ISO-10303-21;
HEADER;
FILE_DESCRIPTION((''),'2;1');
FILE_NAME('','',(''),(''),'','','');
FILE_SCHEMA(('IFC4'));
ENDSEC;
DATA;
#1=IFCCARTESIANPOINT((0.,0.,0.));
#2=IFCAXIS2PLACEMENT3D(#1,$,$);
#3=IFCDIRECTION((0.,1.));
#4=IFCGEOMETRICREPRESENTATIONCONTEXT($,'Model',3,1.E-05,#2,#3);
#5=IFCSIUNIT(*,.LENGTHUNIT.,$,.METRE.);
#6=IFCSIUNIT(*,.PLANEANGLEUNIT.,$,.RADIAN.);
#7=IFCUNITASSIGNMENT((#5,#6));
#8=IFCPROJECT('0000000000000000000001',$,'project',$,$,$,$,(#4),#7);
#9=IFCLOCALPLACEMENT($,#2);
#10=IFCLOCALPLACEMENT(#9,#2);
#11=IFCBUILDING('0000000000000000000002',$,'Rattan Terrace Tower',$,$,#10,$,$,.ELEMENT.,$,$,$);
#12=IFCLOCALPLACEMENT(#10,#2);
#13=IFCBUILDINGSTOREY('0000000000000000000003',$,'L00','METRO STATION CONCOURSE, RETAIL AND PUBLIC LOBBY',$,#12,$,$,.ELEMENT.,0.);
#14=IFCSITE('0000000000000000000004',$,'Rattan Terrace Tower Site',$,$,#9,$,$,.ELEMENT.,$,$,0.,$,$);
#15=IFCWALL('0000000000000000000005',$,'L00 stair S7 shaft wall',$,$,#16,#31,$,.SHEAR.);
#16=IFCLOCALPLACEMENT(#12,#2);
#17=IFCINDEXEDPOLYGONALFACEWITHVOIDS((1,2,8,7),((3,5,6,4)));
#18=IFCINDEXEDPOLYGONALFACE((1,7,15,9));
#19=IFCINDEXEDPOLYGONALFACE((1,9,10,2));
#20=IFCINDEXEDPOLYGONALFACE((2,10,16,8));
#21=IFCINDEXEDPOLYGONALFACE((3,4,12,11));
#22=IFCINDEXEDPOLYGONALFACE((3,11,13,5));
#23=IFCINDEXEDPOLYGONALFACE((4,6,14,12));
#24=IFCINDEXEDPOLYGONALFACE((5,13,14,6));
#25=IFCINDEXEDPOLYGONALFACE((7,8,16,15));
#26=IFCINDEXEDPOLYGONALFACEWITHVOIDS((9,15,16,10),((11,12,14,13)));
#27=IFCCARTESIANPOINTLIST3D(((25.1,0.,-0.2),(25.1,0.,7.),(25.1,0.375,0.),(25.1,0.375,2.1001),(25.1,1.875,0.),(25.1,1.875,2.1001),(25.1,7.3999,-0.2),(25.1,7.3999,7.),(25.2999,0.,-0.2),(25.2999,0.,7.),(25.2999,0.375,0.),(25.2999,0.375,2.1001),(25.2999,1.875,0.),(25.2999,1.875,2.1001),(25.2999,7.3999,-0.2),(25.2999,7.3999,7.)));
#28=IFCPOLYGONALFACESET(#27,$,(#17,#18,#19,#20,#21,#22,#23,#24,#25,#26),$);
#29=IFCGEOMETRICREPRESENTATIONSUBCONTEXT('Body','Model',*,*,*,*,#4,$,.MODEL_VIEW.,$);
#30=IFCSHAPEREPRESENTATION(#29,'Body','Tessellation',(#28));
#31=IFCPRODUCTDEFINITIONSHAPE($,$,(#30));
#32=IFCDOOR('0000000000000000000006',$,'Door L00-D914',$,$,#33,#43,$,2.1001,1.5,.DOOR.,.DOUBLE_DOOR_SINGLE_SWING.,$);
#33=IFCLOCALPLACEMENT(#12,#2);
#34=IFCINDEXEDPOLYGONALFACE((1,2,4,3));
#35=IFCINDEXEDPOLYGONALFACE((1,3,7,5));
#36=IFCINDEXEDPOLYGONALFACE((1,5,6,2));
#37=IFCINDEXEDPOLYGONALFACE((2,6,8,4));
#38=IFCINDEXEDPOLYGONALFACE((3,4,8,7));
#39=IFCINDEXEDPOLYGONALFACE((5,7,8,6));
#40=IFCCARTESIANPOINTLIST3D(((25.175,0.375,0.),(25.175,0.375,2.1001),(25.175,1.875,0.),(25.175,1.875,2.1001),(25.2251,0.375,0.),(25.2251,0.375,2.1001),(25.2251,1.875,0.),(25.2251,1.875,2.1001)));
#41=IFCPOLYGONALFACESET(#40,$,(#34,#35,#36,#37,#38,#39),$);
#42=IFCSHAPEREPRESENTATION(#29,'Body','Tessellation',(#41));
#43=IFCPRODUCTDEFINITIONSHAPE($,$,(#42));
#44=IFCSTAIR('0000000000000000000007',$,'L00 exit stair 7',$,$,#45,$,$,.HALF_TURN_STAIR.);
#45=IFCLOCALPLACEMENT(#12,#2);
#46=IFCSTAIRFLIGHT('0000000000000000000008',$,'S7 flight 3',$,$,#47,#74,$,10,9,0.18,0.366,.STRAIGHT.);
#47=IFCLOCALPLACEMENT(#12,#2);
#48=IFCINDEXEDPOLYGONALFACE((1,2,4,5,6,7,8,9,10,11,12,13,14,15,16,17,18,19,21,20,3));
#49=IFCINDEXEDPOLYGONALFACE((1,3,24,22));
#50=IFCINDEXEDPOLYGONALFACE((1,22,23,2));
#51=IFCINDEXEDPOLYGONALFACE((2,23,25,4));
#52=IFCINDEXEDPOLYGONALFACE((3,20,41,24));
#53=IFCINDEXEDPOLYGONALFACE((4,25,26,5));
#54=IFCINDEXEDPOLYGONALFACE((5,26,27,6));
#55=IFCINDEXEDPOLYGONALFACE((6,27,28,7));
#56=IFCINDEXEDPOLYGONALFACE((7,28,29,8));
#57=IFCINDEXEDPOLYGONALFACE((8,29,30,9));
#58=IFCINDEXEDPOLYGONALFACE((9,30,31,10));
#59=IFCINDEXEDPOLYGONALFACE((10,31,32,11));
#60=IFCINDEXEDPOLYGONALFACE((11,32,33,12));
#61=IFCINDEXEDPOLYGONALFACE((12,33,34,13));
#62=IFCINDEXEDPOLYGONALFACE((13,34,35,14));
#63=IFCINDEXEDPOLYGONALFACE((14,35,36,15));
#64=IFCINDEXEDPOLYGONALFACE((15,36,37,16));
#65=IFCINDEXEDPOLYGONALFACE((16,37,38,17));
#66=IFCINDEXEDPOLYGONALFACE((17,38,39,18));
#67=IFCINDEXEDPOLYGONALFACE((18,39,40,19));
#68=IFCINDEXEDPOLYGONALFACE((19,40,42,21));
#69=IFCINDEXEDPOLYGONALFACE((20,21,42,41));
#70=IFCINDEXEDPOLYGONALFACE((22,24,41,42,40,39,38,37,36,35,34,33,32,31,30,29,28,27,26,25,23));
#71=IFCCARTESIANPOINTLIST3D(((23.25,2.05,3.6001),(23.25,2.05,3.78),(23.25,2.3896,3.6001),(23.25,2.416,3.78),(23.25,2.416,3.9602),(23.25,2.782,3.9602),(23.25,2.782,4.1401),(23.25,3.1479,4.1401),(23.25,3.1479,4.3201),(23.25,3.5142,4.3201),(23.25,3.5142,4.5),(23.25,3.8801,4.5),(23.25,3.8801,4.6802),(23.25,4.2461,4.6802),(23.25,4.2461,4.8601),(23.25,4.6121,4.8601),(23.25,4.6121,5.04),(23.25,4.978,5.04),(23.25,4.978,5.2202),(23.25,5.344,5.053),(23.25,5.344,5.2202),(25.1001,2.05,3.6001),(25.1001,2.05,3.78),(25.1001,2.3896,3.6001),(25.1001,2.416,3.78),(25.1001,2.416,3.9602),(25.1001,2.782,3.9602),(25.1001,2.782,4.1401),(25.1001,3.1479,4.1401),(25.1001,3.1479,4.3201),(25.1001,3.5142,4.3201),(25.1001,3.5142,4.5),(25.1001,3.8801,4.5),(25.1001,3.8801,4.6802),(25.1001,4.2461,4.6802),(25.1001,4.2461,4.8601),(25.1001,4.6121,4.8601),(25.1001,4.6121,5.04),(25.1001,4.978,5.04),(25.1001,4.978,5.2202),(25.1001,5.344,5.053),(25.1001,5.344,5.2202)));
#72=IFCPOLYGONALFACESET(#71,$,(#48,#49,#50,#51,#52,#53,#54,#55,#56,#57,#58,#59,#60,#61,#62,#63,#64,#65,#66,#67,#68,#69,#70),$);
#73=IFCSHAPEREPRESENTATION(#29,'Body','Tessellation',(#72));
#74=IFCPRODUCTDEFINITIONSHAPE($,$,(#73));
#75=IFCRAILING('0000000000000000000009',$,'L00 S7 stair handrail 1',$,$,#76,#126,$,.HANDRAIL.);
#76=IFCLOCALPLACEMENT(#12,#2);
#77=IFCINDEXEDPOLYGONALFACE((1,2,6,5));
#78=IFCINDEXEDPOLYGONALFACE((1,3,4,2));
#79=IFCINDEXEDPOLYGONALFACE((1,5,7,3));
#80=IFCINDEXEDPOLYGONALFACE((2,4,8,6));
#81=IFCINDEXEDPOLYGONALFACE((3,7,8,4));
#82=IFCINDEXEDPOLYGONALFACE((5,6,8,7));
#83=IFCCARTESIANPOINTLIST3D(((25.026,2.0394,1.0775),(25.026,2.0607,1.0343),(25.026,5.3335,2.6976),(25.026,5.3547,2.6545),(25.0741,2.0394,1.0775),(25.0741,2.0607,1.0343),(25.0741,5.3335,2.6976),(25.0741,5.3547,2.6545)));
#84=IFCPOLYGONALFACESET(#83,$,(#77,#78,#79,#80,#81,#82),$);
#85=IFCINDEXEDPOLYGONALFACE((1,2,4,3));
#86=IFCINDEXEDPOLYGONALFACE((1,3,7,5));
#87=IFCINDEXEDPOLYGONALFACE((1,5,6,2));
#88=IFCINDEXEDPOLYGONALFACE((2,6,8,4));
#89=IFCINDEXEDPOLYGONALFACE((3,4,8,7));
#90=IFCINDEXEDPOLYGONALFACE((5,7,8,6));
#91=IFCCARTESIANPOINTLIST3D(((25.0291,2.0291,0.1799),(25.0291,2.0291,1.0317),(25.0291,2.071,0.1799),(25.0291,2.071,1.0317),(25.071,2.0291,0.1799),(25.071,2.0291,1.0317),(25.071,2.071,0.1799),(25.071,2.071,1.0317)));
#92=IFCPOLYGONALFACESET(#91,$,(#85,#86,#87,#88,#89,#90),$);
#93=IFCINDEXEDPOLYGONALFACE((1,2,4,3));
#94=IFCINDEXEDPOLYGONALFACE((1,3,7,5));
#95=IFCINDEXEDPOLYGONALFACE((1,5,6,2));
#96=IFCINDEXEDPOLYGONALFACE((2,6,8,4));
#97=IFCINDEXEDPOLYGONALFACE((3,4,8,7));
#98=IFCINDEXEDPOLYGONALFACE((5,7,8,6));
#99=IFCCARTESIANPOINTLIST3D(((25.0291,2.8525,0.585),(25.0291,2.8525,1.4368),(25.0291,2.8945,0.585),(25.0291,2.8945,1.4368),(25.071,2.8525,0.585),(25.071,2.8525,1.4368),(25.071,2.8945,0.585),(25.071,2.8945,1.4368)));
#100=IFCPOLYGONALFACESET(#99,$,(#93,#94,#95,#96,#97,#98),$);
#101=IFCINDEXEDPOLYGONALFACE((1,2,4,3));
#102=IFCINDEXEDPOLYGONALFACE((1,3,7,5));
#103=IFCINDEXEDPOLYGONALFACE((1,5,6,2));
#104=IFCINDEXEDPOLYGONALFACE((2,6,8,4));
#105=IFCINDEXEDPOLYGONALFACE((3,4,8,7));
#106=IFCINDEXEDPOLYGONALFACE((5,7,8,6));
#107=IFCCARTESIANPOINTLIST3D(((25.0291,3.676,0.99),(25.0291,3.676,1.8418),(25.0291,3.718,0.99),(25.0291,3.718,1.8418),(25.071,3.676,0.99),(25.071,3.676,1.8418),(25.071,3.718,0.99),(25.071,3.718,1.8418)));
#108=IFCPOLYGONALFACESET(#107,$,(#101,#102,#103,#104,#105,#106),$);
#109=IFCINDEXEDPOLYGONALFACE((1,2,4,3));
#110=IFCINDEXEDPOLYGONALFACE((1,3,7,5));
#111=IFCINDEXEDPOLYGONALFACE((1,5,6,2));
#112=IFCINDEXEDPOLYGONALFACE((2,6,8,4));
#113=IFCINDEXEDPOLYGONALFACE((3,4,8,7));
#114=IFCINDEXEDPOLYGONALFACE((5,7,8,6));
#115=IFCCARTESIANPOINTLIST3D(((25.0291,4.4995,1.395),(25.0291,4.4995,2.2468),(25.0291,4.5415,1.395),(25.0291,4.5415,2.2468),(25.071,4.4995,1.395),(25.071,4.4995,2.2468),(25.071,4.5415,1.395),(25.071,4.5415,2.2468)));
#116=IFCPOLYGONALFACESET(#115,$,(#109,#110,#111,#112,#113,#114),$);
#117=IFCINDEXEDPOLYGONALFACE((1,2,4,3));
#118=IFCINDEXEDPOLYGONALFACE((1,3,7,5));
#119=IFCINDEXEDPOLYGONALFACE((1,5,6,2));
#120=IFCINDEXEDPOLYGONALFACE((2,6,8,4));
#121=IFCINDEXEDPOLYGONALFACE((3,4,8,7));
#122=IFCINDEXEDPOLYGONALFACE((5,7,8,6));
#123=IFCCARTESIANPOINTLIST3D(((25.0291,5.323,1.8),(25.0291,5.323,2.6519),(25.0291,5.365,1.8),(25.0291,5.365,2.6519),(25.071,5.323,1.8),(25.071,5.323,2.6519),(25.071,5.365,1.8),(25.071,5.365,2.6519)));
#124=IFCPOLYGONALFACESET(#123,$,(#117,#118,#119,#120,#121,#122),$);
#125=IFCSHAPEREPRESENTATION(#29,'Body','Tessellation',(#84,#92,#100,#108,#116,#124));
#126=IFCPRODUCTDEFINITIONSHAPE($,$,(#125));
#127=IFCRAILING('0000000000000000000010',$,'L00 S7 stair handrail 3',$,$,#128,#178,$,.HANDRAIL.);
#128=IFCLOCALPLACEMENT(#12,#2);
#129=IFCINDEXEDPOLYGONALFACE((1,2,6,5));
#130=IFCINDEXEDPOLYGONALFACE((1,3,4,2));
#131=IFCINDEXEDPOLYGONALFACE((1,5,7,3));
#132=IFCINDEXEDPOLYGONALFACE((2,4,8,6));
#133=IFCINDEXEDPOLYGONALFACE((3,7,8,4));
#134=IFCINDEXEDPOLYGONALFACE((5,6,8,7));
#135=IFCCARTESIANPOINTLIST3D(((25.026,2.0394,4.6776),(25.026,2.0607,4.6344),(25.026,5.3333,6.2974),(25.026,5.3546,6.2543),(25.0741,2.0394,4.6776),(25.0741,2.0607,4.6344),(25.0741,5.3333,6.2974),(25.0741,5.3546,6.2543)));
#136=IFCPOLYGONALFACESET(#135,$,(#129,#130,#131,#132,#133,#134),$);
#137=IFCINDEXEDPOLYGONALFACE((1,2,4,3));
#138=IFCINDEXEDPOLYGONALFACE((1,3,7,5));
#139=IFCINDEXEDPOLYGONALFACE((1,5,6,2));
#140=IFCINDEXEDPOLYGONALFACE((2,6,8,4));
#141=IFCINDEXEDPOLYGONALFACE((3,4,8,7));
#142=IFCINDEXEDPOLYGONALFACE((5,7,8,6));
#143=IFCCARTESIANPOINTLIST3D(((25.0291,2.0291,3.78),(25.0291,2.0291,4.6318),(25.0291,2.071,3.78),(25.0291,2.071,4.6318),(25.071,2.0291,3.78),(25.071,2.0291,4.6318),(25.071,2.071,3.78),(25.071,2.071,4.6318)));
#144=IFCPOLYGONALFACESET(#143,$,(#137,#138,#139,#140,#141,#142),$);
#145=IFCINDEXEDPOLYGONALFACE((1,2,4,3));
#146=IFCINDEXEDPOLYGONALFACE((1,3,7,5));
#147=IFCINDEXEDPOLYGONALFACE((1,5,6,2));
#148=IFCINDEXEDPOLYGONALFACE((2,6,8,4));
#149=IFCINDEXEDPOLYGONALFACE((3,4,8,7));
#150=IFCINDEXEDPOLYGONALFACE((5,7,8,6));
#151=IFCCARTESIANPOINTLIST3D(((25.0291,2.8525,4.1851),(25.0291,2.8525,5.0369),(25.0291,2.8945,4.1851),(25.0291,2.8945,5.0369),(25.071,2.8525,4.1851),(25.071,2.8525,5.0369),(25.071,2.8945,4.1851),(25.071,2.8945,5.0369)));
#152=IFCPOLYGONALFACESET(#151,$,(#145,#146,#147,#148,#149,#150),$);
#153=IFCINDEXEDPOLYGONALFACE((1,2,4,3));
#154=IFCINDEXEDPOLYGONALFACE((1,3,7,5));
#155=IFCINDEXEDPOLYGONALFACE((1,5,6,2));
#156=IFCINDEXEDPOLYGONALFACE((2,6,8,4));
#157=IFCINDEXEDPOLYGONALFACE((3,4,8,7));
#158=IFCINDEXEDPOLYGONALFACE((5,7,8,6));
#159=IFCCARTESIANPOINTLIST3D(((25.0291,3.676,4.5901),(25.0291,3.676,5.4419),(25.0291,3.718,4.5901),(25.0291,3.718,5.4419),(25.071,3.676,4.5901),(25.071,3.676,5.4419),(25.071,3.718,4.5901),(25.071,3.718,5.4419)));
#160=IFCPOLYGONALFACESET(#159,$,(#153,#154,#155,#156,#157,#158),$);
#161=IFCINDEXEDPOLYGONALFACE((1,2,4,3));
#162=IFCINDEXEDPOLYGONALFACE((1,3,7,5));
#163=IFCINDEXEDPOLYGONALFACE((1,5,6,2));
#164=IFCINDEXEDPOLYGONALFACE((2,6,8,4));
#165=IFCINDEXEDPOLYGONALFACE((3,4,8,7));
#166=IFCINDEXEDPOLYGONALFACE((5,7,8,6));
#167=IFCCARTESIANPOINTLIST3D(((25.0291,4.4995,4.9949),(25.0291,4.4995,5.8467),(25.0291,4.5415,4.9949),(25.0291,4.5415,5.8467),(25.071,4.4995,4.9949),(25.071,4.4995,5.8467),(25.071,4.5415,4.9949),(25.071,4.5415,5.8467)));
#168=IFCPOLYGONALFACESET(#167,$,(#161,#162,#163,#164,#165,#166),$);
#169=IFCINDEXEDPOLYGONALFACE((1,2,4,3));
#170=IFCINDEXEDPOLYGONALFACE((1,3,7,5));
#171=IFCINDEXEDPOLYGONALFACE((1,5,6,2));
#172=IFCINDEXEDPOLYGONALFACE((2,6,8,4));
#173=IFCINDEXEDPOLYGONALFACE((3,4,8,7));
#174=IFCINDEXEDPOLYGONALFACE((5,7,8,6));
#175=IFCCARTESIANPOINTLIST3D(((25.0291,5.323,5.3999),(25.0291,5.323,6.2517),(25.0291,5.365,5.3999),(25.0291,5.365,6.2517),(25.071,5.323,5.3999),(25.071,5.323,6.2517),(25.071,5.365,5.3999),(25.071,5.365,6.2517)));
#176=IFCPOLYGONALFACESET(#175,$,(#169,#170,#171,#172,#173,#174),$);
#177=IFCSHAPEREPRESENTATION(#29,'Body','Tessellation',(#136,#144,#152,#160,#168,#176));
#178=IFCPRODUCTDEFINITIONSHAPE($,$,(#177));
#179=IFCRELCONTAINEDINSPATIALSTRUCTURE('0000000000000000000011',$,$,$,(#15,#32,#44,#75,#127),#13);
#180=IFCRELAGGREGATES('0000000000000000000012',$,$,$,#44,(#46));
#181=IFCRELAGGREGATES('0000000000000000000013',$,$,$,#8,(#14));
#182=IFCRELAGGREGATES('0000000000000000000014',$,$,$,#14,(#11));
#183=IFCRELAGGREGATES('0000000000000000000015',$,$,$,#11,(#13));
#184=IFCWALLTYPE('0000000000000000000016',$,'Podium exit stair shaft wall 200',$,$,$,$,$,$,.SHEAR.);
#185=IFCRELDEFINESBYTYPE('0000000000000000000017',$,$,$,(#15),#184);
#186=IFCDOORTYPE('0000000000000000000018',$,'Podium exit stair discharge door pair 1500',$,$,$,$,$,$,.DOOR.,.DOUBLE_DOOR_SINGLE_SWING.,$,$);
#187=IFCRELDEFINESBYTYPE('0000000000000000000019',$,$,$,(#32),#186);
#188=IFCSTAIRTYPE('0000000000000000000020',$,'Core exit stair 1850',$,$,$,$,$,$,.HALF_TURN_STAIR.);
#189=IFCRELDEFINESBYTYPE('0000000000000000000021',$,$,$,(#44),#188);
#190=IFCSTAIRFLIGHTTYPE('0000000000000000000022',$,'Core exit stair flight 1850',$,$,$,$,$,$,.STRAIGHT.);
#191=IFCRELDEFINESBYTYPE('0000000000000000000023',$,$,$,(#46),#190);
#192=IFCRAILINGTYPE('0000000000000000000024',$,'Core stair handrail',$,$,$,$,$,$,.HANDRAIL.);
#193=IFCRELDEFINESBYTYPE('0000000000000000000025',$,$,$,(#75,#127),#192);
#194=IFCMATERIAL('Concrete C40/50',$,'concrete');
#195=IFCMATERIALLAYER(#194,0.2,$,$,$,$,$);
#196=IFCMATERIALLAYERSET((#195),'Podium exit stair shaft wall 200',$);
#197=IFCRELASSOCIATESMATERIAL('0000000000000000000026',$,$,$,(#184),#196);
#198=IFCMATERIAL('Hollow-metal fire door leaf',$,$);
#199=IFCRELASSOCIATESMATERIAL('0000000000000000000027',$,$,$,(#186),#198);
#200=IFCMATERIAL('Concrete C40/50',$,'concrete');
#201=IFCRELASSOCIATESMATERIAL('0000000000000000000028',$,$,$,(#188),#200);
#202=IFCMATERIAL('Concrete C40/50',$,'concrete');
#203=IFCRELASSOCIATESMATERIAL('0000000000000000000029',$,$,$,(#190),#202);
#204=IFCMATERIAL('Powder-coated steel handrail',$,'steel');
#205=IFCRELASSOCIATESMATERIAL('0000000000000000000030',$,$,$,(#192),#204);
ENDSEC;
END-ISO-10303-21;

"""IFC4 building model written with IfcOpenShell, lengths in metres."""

from ifc_helpers import new_model, si_unit, direction, frame, frame_2d, origin, origin_2d, place, context, subcontext, project, spatial, polyline, rectangle, outline, extrude, material, layer, layer_set, type_object, element, fill, aggregate, save


model = new_model("IFC4")

# Units and contexts
model_context = context("Model", 3, precision=1e-05, world=origin(), true_north=direction((0.0, 1.0)))
body_context = subcontext(model_context, "Body", "Model", "MODEL_VIEW")
ifc_project = project(units=[si_unit("LENGTHUNIT", "METRE"), si_unit("PLANEANGLEUNIT", "RADIAN")], contexts=[model_context])

# Site, building, storey
site_placement = place(None, origin())
site = spatial("IfcSite", under=ifc_project, at=site_placement, Name="Rattan Terrace Tower Site", CompositionType="ELEMENT", RefElevation=0.0)
building_placement = place(site_placement, origin())
building = spatial("IfcBuilding", under=site, at=building_placement, Name="Rattan Terrace Tower", CompositionType="ELEMENT")
storey_placement = place(building_placement, origin())
storey = spatial("IfcBuildingStorey", under=building, at=storey_placement, Name="L00", Description="METRO STATION CONCOURSE, RETAIL AND PUBLIC LOBBY", CompositionType="ELEMENT", Elevation=0.0)

# Wall, opening, door
ifc_material_1 = material(Name="Concrete C40/50", Category="concrete")
ifc_layer_1 = layer(ifc_material_1, 0.2)
ifc_layer_set_1 = layer_set([ifc_layer_1], Name="Podium exit stair shaft wall 200")
wall_type_1 = type_object("IfcWallType", Name="Podium exit stair shaft wall 200", PredefinedType="SHEAR", material=ifc_layer_set_1)
wall_1_placement = place(storey_placement, frame((25.2, 0.0, -0.2), z_axis=(0.0, 0.0, 1.0), x_axis=(0.0, 1.0, 0.0)))
wall_1 = element("IfcWall", 1, at=wall_1_placement, inside=storey, type_object=wall_type_1, Name="L00 stair S7 shaft wall", PredefinedType="SHEAR", context=body_context, shape_type="SweptSolid", body=[
    extrude(rectangle(XDim=7.3999, YDim=0.2, at=frame_2d((3.7, 0.0))), origin(), (0.0, 0.0, 1.0), 7.2),
])
opening_placement = place(wall_1_placement, frame((0.375, 0.0, 0.2)))
opening = element("IfcOpeningElement", 2, at=opening_placement, cuts=wall_1, PredefinedType="OPENING", context=body_context, shape_type="SweptSolid", body=[
    extrude(rectangle(XDim=1.5, YDim=2.1001, at=frame_2d((0.75, 1.05))), frame((0.0, 0.1106, 0.0), z_axis=(0.0, -1.0, 0.0), x_axis=(1.0, 0.0, 0.0)), (0.0, 0.0, 1.0), 0.2209),
])
ifc_material_2 = material(Name="Hollow-metal fire door leaf")
door_type = type_object("IfcDoorType", Name="Podium exit stair discharge door pair 1500", OperationType="DOUBLE_DOOR_SINGLE_SWING", PredefinedType="DOOR", material=ifc_material_2)
door_placement = place(opening_placement, origin())
door = element("IfcDoor", 3, at=door_placement, inside=storey, type_object=door_type, Name="Door L00-D914", OperationType="DOUBLE_DOOR_SINGLE_SWING", OverallHeight=2.1001, OverallWidth=1.5, PredefinedType="DOOR", context=body_context, shape_type="SweptSolid", body=[
    extrude(rectangle(XDim=1.5, YDim=2.1001, at=frame_2d((0.75, 1.05))), frame((0.0, 0.0249, 0.0), z_axis=(0.0, -1.0, 0.0), x_axis=(1.0, 0.0, 0.0)), (0.0, 0.0, 1.0), 0.05),
])
fill(opening, door)

# Stair, stair flight
ifc_material_3 = material(Name="Concrete C40/50", Category="concrete")
stair_type = type_object("IfcStairType", Name="Core exit stair 1850", PredefinedType="HALF_TURN_STAIR", material=ifc_material_3)
stair_placement = place(storey_placement, origin())
stair = element("IfcStair", 4, at=stair_placement, inside=storey, type_object=stair_type, Name="L00 exit stair 7", PredefinedType="HALF_TURN_STAIR")
ifc_material_4 = material(Name="Concrete C40/50", Category="concrete")
stair_flight_type = type_object("IfcStairFlightType", Name="Core exit stair flight 1850", PredefinedType="STRAIGHT", material=ifc_material_4)
stair_flight_placement = place(storey_placement, frame((24.175, 2.05, 3.6001), z_axis=(0.0, 0.0, 1.0), x_axis=(0.0, 1.0, 0.0)))
stair_flight = element("IfcStairFlight", 5, at=stair_flight_placement, type_object=stair_flight_type, Name="S7 flight 3", NumberOfRisers=10, NumberOfTreads=9, PredefinedType="STRAIGHT", RiserHeight=0.18, TreadLength=0.366, context=body_context, shape_type="SweptSolid", body=[
    extrude(outline(polyline([(0.0, 0.0), (0.0, 0.1799), (0.366, 0.1799), (0.366, 0.3601), (0.7319, 0.3601), (0.7319, 0.54), (1.0979, 0.54), (1.0979, 0.72), (1.4641, 0.72), (1.4641, 0.8999), (1.8301, 0.8999), (1.8301, 1.0801), (2.196, 1.0801), (2.196, 1.26), (2.562, 1.26), (2.562, 1.4399), (2.928, 1.4399), (2.928, 1.6201), (3.2939, 1.6201), (3.2939, 1.8), (3.2939, 1.4529), (0.3396, 0.0), (0.0, 0.0)])), frame((0.0, 0.925, 0.0), z_axis=(0.0, -1.0, 0.0), x_axis=(1.0, 0.0, 0.0)), (0.0, 0.0, 1.0), 1.8501),
])
aggregate(stair, [stair_flight])

# Railings
ifc_material_5 = material(Name="Powder-coated steel handrail", Category="steel")
railing_type = type_object("IfcRailingType", Name="Core stair handrail", PredefinedType="HANDRAIL", material=ifc_material_5)
railing_1_placement = place(storey_placement, frame((25.05, 2.05, 0.1799)))
element("IfcRailing", 6, at=railing_1_placement, inside=storey, type_object=railing_type, Name="L00 S7 stair handrail 1", PredefinedType="HANDRAIL", context=body_context, shape_type="SweptSolid", body=[
    extrude(rectangle(XDim=0.0481, YDim=0.0481, at=origin_2d()), frame((0.0, 0.0, 0.876), z_axis=(0.0, 0.897334, 0.441351), x_axis=(-1.0, 0.0, 0.0)), (0.0, 0.0, 1.0), 3.6709),
    extrude(rectangle(XDim=0.042, YDim=0.042, at=origin_2d()), origin(), (0.0, 0.0, 1.0), 0.8518),
    extrude(rectangle(XDim=0.042, YDim=0.042, at=origin_2d()), frame((0.0, 0.8235, 0.405)), (0.0, 0.0, 1.0), 0.8518),
    extrude(rectangle(XDim=0.042, YDim=0.042, at=origin_2d()), frame((0.0, 1.647, 0.8101)), (0.0, 0.0, 1.0), 0.8518),
    extrude(rectangle(XDim=0.042, YDim=0.042, at=origin_2d()), frame((0.0, 2.4705, 1.2151)), (0.0, 0.0, 1.0), 0.8518),
    extrude(rectangle(XDim=0.042, YDim=0.042, at=origin_2d()), frame((0.0, 3.2939, 1.6201)), (0.0, 0.0, 1.0), 0.8518),
])
railing_2_placement = place(storey_placement, frame((25.05, 2.05, 3.78)))
element("IfcRailing", 7, at=railing_2_placement, inside=storey, type_object=railing_type, Name="L00 S7 stair handrail 3", PredefinedType="HANDRAIL", context=body_context, shape_type="SweptSolid", body=[
    extrude(rectangle(XDim=0.0481, YDim=0.0481, at=origin_2d()), frame((0.0, 0.0, 0.876), z_axis=(0.0, 0.897361, 0.441298), x_axis=(-1.0, 0.0, 0.0)), (0.0, 0.0, 1.0), 3.6707),
    extrude(rectangle(XDim=0.042, YDim=0.042, at=origin_2d()), origin(), (0.0, 0.0, 1.0), 0.8518),
    extrude(rectangle(XDim=0.042, YDim=0.042, at=origin_2d()), frame((0.0, 0.8235, 0.405)), (0.0, 0.0, 1.0), 0.8518),
    extrude(rectangle(XDim=0.042, YDim=0.042, at=origin_2d()), frame((0.0, 1.647, 0.8101)), (0.0, 0.0, 1.0), 0.8518),
    extrude(rectangle(XDim=0.042, YDim=0.042, at=origin_2d()), frame((0.0, 2.4705, 1.2148)), (0.0, 0.0, 1.0), 0.8518),
    extrude(rectangle(XDim=0.042, YDim=0.042, at=origin_2d()), frame((0.0, 3.2939, 1.6199)), (0.0, 0.0, 1.0), 0.8518),
])

save(model, "model.ifc")
